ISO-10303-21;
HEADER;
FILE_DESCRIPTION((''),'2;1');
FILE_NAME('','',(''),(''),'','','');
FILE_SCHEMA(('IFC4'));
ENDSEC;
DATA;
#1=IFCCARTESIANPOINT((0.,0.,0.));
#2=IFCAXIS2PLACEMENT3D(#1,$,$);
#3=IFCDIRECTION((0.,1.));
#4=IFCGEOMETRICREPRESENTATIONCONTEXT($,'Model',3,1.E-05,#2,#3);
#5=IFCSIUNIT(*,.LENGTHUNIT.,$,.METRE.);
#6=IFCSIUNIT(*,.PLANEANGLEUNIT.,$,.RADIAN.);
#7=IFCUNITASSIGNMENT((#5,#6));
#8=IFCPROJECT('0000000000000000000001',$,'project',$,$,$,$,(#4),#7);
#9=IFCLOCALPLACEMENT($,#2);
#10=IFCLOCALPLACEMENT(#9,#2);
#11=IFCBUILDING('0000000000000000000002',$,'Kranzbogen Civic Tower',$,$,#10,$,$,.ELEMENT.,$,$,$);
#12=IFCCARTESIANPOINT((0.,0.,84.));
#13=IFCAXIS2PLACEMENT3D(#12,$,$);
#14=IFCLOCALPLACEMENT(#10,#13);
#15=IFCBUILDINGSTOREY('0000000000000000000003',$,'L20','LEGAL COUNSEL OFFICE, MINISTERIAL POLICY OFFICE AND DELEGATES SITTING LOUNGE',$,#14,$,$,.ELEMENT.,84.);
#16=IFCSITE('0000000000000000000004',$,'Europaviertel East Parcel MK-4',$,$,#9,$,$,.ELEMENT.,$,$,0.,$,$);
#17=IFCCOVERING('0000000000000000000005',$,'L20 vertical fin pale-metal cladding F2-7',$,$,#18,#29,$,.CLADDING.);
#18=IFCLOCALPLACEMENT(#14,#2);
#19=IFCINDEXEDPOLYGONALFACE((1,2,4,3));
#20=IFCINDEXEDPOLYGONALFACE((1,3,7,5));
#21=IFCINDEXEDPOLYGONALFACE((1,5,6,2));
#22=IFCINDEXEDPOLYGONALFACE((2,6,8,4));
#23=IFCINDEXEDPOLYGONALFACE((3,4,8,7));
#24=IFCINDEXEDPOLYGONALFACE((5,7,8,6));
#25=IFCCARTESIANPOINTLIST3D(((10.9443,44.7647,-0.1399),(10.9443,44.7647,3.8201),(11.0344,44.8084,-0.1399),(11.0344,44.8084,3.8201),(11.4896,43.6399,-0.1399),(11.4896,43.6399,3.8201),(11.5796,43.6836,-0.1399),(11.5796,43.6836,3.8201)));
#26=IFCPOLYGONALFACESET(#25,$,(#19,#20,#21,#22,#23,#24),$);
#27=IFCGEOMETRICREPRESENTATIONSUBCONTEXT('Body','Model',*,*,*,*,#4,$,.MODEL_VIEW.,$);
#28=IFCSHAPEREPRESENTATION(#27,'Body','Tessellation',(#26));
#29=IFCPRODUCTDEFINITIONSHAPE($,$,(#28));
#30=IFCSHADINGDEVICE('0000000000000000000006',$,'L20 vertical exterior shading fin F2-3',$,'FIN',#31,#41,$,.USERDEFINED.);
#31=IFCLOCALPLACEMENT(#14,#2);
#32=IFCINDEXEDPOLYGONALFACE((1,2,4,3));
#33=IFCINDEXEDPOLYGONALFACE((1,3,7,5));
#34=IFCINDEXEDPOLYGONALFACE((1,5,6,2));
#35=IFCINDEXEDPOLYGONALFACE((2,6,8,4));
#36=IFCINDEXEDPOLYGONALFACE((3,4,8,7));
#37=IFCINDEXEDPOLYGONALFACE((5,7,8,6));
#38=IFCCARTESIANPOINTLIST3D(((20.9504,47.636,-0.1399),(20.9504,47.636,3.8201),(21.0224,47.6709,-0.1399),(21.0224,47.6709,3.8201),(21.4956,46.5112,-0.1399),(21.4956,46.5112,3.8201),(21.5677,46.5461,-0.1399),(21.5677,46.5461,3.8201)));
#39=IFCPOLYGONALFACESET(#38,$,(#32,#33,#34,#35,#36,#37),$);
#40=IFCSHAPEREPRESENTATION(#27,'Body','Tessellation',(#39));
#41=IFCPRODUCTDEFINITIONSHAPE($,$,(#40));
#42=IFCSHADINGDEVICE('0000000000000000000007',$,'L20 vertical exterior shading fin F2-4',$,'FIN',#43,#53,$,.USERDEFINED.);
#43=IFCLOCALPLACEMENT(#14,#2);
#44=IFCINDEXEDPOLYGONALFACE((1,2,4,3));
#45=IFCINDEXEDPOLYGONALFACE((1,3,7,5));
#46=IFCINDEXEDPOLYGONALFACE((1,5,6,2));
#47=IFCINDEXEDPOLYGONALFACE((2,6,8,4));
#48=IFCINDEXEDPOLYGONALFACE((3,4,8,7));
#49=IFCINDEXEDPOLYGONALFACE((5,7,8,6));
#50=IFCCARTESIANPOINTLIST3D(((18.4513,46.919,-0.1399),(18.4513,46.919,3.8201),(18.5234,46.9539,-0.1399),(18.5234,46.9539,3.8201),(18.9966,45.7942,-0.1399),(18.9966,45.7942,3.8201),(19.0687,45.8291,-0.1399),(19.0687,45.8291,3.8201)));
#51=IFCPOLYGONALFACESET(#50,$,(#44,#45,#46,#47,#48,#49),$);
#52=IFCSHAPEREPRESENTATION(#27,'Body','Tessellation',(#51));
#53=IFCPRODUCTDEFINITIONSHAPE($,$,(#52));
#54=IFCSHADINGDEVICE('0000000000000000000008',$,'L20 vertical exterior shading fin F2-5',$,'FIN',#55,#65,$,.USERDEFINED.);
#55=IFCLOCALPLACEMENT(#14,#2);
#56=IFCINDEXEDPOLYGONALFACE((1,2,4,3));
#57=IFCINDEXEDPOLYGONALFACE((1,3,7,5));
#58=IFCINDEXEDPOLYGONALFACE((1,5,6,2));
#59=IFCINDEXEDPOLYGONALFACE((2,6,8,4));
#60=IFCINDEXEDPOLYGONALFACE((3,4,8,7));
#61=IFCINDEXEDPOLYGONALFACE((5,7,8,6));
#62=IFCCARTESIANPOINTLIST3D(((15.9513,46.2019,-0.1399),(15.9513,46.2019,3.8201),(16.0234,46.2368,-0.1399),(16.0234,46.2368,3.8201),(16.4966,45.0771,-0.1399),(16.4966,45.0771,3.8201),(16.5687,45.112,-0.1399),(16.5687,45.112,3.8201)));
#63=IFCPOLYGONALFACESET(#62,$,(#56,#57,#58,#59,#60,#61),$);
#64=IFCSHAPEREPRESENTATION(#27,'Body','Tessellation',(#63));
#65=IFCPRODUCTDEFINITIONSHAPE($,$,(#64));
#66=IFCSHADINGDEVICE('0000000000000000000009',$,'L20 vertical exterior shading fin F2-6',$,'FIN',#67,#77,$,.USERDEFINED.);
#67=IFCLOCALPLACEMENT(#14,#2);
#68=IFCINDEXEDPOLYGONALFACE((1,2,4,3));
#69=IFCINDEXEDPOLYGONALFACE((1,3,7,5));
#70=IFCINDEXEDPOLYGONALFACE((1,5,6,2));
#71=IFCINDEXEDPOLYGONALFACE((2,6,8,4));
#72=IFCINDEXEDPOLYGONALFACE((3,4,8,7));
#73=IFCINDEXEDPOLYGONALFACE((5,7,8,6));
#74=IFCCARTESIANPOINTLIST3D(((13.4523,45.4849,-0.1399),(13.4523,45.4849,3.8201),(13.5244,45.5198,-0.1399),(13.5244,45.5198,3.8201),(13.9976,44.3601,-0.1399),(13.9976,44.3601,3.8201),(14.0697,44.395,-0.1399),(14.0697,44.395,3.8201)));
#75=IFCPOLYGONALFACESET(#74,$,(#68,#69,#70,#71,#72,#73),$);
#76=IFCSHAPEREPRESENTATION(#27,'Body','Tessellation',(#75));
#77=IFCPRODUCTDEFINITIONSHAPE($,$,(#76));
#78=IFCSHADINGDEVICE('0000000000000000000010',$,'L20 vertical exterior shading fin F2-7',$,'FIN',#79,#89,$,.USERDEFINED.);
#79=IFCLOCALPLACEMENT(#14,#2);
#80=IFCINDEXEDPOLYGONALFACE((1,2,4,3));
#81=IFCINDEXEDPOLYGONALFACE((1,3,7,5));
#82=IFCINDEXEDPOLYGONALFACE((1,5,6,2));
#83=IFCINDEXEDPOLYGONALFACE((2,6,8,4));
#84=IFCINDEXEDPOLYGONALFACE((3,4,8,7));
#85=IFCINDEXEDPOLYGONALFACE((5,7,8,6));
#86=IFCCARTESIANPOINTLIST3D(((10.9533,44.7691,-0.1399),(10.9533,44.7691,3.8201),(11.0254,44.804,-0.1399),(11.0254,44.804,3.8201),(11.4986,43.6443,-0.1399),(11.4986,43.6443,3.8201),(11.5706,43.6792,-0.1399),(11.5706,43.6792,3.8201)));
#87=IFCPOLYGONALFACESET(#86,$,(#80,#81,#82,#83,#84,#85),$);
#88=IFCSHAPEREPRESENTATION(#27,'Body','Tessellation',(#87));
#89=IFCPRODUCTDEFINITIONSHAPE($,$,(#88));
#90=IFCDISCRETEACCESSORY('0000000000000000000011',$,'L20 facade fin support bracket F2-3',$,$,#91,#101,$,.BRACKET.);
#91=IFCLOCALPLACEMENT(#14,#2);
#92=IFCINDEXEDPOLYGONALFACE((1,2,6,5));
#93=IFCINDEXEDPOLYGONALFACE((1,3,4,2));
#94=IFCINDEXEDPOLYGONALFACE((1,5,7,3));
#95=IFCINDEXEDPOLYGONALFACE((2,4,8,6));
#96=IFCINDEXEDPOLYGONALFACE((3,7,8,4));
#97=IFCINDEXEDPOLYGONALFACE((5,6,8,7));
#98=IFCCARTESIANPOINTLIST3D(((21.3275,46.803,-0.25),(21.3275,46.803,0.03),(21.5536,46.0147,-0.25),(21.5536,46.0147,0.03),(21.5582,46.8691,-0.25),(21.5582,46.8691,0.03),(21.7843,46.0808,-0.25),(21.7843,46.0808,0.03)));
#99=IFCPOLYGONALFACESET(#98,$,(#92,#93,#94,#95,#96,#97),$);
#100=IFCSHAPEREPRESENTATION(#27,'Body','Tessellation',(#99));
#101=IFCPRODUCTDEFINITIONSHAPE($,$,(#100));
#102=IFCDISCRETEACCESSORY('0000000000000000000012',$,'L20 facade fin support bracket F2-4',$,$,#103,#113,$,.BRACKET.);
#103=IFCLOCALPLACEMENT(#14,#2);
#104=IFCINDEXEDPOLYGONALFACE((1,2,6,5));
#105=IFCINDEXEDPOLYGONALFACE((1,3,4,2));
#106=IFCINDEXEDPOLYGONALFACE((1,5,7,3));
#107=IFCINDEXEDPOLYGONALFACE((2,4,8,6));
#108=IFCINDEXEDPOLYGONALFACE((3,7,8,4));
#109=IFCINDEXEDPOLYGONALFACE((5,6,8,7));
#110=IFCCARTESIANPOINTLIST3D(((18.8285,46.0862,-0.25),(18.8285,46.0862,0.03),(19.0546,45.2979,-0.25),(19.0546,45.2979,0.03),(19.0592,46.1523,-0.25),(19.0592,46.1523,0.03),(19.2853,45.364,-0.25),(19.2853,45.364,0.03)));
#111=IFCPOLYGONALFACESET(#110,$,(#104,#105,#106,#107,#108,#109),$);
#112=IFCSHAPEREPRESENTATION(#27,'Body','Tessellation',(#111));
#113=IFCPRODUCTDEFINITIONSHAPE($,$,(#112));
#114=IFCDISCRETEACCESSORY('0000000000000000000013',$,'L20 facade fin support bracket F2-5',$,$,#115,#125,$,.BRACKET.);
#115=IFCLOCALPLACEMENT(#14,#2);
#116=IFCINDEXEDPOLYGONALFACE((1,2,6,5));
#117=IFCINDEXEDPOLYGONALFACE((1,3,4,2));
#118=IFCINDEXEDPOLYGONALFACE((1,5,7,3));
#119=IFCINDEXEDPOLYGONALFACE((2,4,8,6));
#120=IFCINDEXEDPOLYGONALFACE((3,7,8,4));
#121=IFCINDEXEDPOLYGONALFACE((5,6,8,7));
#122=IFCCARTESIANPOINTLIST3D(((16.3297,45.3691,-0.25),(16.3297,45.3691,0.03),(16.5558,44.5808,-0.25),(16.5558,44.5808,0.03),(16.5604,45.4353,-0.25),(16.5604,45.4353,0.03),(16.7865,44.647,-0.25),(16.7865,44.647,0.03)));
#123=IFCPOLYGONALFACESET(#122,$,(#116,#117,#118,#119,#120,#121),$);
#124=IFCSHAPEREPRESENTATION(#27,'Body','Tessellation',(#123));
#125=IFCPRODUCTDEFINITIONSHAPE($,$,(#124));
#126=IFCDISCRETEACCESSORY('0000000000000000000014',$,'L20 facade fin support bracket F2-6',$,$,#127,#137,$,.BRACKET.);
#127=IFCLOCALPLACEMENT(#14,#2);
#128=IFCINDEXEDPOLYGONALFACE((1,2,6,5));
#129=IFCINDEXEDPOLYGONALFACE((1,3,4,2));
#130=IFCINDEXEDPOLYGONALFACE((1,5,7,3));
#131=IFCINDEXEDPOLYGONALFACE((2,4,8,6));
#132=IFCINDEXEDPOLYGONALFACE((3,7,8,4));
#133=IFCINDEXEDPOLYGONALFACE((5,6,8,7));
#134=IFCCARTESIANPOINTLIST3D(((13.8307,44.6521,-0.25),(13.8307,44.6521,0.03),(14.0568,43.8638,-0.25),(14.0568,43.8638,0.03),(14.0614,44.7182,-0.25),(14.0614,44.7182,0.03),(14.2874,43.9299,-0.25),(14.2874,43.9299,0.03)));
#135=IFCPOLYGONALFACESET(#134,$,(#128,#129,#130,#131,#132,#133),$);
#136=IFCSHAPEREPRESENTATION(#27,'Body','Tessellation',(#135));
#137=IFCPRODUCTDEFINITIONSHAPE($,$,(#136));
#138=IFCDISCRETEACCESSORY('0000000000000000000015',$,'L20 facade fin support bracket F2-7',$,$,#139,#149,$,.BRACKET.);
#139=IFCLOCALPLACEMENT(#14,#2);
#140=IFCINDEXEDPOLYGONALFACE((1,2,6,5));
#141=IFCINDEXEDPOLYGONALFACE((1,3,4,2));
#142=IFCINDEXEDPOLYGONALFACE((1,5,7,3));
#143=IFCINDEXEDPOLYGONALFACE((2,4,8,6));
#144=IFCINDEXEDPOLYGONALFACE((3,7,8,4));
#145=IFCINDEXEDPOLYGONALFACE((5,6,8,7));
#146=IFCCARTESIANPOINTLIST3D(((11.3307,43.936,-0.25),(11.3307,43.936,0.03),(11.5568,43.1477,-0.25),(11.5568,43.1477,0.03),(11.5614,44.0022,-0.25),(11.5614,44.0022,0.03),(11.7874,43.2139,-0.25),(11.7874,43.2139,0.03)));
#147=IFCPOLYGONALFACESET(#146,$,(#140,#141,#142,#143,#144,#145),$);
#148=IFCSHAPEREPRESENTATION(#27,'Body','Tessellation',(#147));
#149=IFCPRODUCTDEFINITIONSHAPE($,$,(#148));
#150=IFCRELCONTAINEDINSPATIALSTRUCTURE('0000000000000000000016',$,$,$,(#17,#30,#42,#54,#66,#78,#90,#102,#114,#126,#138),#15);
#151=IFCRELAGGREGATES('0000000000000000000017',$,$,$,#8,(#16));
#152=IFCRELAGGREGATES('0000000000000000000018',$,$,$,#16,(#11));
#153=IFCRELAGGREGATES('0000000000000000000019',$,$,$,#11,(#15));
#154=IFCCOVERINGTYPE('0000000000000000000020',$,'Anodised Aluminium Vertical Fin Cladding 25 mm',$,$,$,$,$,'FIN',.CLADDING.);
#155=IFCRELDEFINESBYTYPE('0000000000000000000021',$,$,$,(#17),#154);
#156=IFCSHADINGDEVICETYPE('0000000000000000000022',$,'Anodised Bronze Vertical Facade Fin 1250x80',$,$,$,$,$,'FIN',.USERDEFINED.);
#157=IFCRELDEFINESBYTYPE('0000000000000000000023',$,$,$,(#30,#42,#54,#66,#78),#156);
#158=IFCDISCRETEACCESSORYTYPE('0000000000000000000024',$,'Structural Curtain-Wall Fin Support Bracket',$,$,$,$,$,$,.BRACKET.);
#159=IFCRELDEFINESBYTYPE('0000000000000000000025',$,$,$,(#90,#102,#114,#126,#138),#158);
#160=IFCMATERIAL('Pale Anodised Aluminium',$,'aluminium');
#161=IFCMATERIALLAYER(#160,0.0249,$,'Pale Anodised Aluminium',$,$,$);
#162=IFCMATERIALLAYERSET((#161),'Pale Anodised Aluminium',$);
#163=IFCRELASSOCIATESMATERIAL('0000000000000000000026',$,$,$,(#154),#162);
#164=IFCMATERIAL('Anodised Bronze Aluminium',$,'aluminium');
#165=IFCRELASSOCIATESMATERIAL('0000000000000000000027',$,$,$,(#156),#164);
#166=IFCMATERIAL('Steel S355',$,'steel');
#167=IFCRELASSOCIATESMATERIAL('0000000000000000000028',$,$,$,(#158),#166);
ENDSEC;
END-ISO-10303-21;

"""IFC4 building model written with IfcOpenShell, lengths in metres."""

from ifc_helpers import new_model, si_unit, direction, frame, origin, origin_2d, place, context, subcontext, project, spatial, rectangle, extrude, material, layer, layer_set, type_object, element, save


model = new_model("IFC4")

# Units and contexts
model_context = context("Model", 3, precision=1e-05, world=origin(), true_north=direction((0.0, 1.0)))
body_context = subcontext(model_context, "Body", "Model", "MODEL_VIEW")
ifc_project = project(units=[si_unit("LENGTHUNIT", "METRE"), si_unit("PLANEANGLEUNIT", "RADIAN")], contexts=[model_context])

# Site, building, storey
site_placement = place(None, origin())
site = spatial("IfcSite", under=ifc_project, at=site_placement, Name="Europaviertel East Parcel MK-4", CompositionType="ELEMENT", RefElevation=0.0)
building_placement = place(site_placement, origin())
building = spatial("IfcBuilding", under=site, at=building_placement, Name="Kranzbogen Civic Tower", CompositionType="ELEMENT")
storey_placement = place(building_placement, frame((0.0, 0.0, 84.0)))
storey = spatial("IfcBuildingStorey", under=building, at=storey_placement, Name="L20", Description="LEGAL COUNSEL OFFICE, MINISTERIAL POLICY OFFICE AND DELEGATES SITTING LOUNGE", CompositionType="ELEMENT", Elevation=84.0)

# Shared definitions
ifc_material_1 = material(Name="Steel S355", Category="steel")

# Shared definitions
ifc_material_2 = material(Name="Pale Anodised Aluminium", Category="aluminium")

# Covering
ifc_layer_1 = layer(ifc_material_2, 0.0249, Name="Pale Anodised Aluminium")
ifc_layer_set_1 = layer_set([ifc_layer_1], Name="Pale Anodised Aluminium")
covering_type = type_object("IfcCoveringType", Name="Anodised Aluminium Vertical Fin Cladding 25 mm", ElementType="FIN", PredefinedType="CLADDING", material=ifc_layer_set_1)
for number, where, z_axis, x_axis, name in (
    (1, (11.262, 44.2241, -0.1399), (0.0, 0.0, 1.0), (-0.436221, 0.89984, 0.0), "L20 vertical fin pale-metal cladding F2-7"),
):
    element("IfcCovering", number, at=place(storey_placement, frame(where, z_axis=z_axis, x_axis=x_axis)), inside=storey, type_object=covering_type, Name=name, PredefinedType="CLADDING", context=body_context, shape_type="SweptSolid", body=[
        extrude(rectangle(XDim=1.25, YDim=0.1001, at=origin_2d()), origin(), (0.0, 0.0, 1.0), 3.96),
    ])

# Shading devices
ifc_material_3 = material(Name="Anodised Bronze Aluminium", Category="aluminium")
shading_device_type = type_object("IfcShadingDeviceType", Name="Anodised Bronze Vertical Facade Fin 1250x80", ElementType="FIN", PredefinedType="USERDEFINED", material=ifc_material_3)
for number, where, z_axis, x_axis, name in (
    (2, (21.259, 47.0911, -0.1399), (0.0, 0.0, 1.0), (-0.436221, 0.89984, 0.0), "L20 vertical exterior shading fin F2-3"),
    (3, (18.76, 46.374, -0.1399), (0.0, 0.0, 1.0), (-0.436221, 0.89984, 0.0), "L20 vertical exterior shading fin F2-4"),
    (4, (16.26, 45.657, -0.1399), (0.0, 0.0, 1.0), (-0.436221, 0.89984, 0.0), "L20 vertical exterior shading fin F2-5"),
    (5, (13.761, 44.9399, -0.1399), (0.0, 0.0, 1.0), (-0.436221, 0.89984, 0.0), "L20 vertical exterior shading fin F2-6"),
    (6, (11.262, 44.2241, -0.1399), (0.0, 0.0, 1.0), (-0.436221, 0.89984, 0.0), "L20 vertical exterior shading fin F2-7"),
):
    element("IfcShadingDevice", number, at=place(storey_placement, frame(where, z_axis=z_axis, x_axis=x_axis)), inside=storey, type_object=shading_device_type, Name=name, ObjectType="FIN", PredefinedType="USERDEFINED", context=body_context, shape_type="SweptSolid", body=[
        extrude(rectangle(XDim=1.25, YDim=0.0801, at=origin_2d()), origin(), (0.0, 0.0, 1.0), 3.96),
    ])

# Discrete accessories
discrete_accessory_type = type_object("IfcDiscreteAccessoryType", Name="Structural Curtain-Wall Fin Support Bracket", PredefinedType="BRACKET", material=ifc_material_1)
for number, where, z_axis, x_axis, name in (
    (7, (21.5559, 46.4419, -0.25), (0.0, 0.0, 1.0), (-0.275637, 0.961262, 0.0), "L20 facade fin support bracket F2-3"),
    (8, (19.0569, 45.7251, -0.25), (0.0, 0.0, 1.0), (-0.275637, 0.961262, 0.0), "L20 facade fin support bracket F2-4"),
    (9, (16.5581, 45.0081, -0.25), (0.0, 0.0, 1.0), (-0.275637, 0.961262, 0.0), "L20 facade fin support bracket F2-5"),
    (10, (14.0591, 44.291, -0.25), (0.0, 0.0, 1.0), (-0.275637, 0.961262, 0.0), "L20 facade fin support bracket F2-6"),
    (11, (11.5591, 43.575, -0.25), (0.0, 0.0, 1.0), (-0.275637, 0.961262, 0.0), "L20 facade fin support bracket F2-7"),
):
    element("IfcDiscreteAccessory", number, at=place(storey_placement, frame(where, z_axis=z_axis, x_axis=x_axis)), inside=storey, type_object=discrete_accessory_type, Name=name, PredefinedType="BRACKET", context=body_context, shape_type="SweptSolid", body=[
        extrude(rectangle(XDim=0.8201, YDim=0.24, at=origin_2d()), origin(), (0.0, 0.0, 1.0), 0.28),
    ])

save(model, "model.ifc")
